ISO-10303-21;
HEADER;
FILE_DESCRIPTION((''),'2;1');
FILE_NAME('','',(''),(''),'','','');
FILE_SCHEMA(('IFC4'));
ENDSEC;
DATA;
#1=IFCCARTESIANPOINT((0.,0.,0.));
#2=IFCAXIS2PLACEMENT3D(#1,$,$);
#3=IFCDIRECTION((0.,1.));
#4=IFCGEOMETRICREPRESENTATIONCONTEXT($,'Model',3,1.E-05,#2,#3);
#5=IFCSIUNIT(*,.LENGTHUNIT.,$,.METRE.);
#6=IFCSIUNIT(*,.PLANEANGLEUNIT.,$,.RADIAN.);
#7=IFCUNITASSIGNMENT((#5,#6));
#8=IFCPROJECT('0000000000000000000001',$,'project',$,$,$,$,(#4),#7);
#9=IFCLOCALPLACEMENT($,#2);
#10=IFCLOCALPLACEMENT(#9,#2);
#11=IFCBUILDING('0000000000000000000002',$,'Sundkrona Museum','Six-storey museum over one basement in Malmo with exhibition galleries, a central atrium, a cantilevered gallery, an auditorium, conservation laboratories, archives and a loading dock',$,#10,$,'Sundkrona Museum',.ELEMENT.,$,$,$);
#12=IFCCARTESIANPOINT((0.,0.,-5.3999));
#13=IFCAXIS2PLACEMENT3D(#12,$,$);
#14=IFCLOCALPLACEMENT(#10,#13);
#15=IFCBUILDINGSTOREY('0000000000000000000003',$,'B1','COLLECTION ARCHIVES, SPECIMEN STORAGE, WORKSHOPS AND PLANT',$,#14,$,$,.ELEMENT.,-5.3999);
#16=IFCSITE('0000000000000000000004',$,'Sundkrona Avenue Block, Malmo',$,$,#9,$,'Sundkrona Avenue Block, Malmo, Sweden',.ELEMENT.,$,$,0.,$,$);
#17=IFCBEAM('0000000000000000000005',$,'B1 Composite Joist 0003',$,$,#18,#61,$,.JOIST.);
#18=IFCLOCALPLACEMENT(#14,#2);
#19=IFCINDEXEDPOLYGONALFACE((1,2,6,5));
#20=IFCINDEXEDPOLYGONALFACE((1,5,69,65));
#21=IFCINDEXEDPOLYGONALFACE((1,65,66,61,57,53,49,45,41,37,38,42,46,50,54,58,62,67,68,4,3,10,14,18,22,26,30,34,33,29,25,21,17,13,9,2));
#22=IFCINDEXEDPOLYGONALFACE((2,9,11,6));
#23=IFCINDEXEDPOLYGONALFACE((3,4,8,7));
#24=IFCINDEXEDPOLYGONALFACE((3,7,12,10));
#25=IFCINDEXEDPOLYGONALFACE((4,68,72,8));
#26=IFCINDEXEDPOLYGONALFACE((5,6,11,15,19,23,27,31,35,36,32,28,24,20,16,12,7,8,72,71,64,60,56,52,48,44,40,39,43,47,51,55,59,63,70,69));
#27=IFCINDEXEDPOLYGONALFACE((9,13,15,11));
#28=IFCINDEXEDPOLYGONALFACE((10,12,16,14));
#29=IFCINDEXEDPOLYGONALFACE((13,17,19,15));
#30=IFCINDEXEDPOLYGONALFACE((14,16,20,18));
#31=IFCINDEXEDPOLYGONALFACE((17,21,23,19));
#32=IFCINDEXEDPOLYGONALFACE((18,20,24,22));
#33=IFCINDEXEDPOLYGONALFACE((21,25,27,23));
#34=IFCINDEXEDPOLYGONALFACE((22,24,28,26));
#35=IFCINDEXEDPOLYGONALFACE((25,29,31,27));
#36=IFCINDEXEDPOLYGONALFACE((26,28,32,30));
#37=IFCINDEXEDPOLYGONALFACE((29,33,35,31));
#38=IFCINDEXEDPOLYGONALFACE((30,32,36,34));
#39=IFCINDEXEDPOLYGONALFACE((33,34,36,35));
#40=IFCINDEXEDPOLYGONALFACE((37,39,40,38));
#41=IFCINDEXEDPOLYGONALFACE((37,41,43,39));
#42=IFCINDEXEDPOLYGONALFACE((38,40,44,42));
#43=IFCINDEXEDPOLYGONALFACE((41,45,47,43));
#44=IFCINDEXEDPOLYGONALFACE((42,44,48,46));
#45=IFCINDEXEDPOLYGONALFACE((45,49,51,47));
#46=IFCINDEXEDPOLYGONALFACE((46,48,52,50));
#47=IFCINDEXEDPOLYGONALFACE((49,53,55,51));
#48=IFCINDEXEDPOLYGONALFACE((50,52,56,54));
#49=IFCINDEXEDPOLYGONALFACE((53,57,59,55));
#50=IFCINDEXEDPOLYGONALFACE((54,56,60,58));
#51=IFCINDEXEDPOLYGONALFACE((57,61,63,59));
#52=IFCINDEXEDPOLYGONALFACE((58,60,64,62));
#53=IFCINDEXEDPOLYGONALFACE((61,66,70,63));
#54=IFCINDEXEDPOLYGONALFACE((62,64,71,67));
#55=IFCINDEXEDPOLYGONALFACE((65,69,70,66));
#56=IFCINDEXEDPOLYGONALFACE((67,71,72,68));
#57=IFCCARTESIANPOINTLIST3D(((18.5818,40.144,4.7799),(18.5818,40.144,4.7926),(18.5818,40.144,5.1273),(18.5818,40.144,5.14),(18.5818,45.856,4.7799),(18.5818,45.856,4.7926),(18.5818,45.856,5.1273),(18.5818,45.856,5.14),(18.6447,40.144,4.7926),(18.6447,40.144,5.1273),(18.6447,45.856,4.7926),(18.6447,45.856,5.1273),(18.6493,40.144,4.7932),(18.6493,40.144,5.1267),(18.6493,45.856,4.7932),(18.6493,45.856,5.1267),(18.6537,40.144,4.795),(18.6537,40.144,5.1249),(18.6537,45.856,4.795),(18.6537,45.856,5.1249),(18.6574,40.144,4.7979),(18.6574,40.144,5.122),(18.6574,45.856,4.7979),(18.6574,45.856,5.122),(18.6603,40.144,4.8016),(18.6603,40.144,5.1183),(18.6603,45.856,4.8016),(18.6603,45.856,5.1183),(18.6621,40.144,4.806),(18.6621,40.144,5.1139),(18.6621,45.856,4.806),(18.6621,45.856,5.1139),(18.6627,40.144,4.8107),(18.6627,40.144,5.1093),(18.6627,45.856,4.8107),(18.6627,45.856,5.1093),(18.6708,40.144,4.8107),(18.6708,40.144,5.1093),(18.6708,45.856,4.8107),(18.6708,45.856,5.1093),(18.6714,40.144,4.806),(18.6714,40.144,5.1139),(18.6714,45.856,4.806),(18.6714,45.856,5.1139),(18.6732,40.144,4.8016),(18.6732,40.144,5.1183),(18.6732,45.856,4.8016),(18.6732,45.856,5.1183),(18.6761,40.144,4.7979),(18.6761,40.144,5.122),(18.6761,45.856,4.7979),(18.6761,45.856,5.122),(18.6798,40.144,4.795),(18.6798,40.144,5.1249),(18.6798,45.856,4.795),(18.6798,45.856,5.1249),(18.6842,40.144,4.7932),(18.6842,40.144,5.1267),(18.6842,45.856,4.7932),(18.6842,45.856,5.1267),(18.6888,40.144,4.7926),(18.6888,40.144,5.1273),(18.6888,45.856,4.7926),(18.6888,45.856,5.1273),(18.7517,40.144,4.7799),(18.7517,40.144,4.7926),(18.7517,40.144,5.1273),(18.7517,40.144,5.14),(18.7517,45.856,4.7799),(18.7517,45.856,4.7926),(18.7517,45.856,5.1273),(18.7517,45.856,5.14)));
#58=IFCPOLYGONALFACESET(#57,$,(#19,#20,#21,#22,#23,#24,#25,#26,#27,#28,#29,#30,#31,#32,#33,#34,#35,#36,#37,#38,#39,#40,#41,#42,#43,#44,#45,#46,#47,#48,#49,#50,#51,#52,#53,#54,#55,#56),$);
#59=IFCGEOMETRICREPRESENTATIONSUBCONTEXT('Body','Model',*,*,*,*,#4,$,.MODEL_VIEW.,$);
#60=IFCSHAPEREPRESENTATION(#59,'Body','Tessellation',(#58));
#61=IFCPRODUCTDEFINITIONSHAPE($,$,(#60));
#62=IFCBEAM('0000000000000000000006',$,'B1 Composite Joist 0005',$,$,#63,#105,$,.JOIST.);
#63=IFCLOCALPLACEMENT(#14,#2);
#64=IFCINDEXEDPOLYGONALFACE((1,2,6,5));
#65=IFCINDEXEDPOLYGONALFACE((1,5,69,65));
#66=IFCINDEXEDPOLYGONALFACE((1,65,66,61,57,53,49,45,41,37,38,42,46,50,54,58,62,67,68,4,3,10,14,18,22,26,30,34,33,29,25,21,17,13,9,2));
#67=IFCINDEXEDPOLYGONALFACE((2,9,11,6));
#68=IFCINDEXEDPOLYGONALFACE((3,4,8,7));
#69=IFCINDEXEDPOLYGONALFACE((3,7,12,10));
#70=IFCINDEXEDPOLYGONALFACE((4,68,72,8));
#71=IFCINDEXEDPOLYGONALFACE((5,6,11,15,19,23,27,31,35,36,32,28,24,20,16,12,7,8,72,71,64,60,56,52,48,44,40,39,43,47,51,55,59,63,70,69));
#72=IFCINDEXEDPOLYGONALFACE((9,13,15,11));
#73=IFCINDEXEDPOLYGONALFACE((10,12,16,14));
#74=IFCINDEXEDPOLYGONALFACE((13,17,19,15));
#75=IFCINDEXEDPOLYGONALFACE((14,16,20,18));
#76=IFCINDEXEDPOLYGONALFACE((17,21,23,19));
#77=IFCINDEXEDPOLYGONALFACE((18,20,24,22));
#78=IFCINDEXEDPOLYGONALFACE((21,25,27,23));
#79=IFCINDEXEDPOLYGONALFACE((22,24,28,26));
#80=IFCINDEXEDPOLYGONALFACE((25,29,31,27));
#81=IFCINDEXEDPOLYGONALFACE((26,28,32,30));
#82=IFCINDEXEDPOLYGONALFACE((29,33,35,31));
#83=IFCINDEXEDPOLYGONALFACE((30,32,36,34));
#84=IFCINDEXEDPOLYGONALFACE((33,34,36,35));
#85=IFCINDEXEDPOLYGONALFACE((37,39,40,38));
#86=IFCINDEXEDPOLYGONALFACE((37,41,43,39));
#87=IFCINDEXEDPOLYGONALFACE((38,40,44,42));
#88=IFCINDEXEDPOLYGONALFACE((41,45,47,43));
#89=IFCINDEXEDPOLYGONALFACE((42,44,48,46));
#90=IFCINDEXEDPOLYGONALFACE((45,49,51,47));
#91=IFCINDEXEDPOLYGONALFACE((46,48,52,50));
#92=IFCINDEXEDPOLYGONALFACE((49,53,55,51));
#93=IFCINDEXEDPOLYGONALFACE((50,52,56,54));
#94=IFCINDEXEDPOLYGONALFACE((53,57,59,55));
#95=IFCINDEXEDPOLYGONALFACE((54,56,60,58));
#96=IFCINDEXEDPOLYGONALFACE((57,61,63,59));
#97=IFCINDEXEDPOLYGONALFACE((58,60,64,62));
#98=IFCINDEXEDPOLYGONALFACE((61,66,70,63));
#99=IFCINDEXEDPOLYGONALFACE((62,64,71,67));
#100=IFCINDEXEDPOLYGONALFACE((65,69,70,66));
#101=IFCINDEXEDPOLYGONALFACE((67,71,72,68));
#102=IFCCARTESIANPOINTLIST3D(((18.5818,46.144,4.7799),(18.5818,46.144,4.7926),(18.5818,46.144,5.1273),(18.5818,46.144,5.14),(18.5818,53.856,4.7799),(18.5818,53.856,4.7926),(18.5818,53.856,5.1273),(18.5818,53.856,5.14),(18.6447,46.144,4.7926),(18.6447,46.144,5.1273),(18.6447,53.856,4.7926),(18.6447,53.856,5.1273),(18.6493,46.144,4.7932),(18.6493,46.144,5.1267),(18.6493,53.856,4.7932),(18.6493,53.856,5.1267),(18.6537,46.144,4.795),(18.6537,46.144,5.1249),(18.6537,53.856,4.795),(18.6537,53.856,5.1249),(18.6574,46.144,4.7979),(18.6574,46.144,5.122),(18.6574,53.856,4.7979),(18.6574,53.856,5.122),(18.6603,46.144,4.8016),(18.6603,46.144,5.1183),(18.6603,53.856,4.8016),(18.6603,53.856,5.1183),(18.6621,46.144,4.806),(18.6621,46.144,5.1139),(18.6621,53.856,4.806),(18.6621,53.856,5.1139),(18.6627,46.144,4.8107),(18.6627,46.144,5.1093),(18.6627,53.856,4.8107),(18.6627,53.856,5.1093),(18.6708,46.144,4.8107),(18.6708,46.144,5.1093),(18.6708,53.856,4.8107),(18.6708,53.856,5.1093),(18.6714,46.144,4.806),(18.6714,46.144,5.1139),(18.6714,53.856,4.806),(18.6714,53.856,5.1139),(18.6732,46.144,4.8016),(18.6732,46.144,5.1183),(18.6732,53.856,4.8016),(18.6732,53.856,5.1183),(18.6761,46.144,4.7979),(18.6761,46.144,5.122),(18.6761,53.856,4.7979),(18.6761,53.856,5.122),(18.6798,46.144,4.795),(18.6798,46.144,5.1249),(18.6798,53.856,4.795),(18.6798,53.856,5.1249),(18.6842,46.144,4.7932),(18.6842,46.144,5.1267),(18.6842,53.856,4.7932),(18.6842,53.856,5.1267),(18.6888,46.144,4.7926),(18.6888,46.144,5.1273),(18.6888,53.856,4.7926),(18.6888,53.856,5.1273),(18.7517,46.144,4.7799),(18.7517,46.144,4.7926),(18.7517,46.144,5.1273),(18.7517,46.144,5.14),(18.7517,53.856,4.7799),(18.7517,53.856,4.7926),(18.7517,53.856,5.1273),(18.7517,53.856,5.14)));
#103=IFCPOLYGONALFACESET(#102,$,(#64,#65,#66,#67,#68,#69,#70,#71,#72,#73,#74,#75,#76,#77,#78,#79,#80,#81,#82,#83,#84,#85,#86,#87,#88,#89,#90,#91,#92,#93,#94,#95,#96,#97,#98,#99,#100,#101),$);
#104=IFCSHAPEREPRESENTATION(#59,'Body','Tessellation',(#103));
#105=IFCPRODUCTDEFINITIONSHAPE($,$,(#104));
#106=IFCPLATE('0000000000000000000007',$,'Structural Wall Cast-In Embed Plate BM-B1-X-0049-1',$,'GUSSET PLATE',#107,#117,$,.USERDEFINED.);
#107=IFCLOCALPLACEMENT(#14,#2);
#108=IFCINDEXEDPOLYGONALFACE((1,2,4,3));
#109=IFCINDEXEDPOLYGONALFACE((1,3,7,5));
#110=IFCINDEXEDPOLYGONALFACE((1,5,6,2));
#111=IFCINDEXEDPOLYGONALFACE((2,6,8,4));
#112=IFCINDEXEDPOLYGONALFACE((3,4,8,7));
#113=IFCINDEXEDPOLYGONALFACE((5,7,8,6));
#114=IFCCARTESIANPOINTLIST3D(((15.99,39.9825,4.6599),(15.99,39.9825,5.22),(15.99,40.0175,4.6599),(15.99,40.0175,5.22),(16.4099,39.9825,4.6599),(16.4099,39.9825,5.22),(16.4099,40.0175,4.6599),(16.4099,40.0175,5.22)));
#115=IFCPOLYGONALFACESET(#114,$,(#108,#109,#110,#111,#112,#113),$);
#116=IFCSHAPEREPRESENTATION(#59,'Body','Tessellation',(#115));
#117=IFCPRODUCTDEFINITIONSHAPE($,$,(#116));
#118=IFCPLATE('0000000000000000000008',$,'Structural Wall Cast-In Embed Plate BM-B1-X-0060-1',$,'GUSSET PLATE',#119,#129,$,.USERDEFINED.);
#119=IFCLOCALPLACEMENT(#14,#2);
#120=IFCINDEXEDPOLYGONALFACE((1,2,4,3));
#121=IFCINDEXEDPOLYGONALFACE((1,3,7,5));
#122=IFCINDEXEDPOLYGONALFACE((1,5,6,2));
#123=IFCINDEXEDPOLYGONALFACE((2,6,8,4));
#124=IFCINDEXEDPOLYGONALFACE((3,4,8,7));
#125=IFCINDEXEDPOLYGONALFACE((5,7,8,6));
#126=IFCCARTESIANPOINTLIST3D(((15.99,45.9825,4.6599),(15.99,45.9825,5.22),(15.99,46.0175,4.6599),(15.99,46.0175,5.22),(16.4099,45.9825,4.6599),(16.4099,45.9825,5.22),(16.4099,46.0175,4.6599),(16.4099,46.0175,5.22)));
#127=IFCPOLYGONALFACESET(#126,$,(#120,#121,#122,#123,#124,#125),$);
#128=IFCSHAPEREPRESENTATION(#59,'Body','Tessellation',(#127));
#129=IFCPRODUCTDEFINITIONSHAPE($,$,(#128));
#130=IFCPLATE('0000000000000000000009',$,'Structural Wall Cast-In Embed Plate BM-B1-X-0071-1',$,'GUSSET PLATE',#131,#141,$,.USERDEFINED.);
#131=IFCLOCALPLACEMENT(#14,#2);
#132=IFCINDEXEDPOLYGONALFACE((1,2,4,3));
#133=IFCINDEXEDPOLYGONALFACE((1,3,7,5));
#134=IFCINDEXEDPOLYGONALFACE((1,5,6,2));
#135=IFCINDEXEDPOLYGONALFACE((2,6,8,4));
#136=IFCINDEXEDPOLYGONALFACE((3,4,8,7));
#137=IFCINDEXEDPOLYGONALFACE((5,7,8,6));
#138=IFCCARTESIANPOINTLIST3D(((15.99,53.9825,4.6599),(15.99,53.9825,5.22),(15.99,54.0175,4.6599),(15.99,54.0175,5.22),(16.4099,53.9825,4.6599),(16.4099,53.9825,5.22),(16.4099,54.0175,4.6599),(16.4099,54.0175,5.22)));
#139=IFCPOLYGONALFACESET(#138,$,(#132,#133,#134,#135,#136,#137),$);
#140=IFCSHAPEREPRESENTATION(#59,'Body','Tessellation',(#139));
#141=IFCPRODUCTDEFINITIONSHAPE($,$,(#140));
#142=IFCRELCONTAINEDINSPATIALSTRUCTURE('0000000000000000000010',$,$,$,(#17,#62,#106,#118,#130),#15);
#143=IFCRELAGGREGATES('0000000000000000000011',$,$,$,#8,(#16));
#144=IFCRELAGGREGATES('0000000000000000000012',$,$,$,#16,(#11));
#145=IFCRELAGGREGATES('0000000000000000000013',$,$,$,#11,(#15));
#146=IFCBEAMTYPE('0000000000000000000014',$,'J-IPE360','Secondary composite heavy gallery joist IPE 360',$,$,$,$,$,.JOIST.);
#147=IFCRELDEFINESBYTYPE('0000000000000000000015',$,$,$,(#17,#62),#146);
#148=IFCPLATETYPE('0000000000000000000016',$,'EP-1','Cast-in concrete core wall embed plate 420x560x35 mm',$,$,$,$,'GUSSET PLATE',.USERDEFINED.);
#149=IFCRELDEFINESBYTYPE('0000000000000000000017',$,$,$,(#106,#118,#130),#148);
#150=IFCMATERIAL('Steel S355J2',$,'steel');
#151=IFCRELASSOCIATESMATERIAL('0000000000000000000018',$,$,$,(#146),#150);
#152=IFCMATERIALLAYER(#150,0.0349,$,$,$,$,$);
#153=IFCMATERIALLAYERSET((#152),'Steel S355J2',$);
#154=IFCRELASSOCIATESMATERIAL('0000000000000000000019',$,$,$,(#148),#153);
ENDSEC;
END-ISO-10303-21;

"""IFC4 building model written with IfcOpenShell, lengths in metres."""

from ifc_helpers import new_model, si_unit, direction, frame, origin, origin_2d, place, context, subcontext, project, spatial, rectangle, i_section, extrude, material, layer, layer_set, material_profile, profile_set, type_object, element, save


model = new_model("IFC4")

# Units and contexts
model_context = context("Model", 3, precision=1e-05, world=origin(), true_north=direction((0.0, 1.0)))
body_context = subcontext(model_context, "Body", "Model", "MODEL_VIEW")
ifc_project = project(units=[si_unit("LENGTHUNIT", "METRE"), si_unit("PLANEANGLEUNIT", "RADIAN")], contexts=[model_context])

# Site, building, storey
site_placement = place(None, origin())
site = spatial("IfcSite", under=ifc_project, at=site_placement, Name="Sundkrona Avenue Block, Malmo", LongName="Sundkrona Avenue Block, Malmo, Sweden", CompositionType="ELEMENT", RefElevation=0.0)
building_placement = place(site_placement, origin())
building = spatial("IfcBuilding", under=site, at=building_placement, Name="Sundkrona Museum", Description="Six-storey museum over one basement in Malmo with exhibition galleries, a central atrium, a cantilevered gallery, an auditorium, conservation laboratories, archives and a loading dock", LongName="Sundkrona Museum", CompositionType="ELEMENT")
storey_placement = place(building_placement, frame((0.0, 0.0, -5.3999)))
storey = spatial("IfcBuildingStorey", under=building, at=storey_placement, Name="B1", Description="COLLECTION ARCHIVES, SPECIMEN STORAGE, WORKSHOPS AND PLANT", CompositionType="ELEMENT", Elevation=-5.3999)

# Beams
ifc_material_1 = material(Name="Steel S355J2", Category="steel")
ifc_material_profile_1 = material_profile(ifc_material_1, i_section(OverallWidth=0.1699, OverallDepth=0.3601, WebThickness=0.0081, FlangeThickness=0.0127, FilletRadius=0.0181, at=origin_2d()), Name="IPE 360")
ifc_profile_set_1 = profile_set([ifc_material_profile_1], Name="Steel S355J2")
beam_type_1 = type_object("IfcBeamType", Name="J-IPE360", Description="Secondary composite heavy gallery joist IPE 360", PredefinedType="JOIST", material=ifc_profile_set_1)
beam_1_placement = place(storey_placement, frame((18.6667, 40.144, 4.96), z_axis=(0.0, 1.0, 0.0), x_axis=(-1.0, 0.0, 0.0)))
element("IfcBeam", 1, at=beam_1_placement, inside=storey, type_object=beam_type_1, Name="B1 Composite Joist 0003", PredefinedType="JOIST", context=body_context, shape_type="SweptSolid", body=[
    extrude(i_section(OverallWidth=0.1699, OverallDepth=0.3601, WebThickness=0.0081, FlangeThickness=0.0127, FilletRadius=0.0181, at=origin_2d()), origin(), (0.0, 0.0, 1.0), 5.7119),
])
beam_2_placement = place(storey_placement, frame((18.6667, 46.144, 4.96), z_axis=(0.0, 1.0, 0.0), x_axis=(-1.0, 0.0, 0.0)))
element("IfcBeam", 2, at=beam_2_placement, inside=storey, type_object=beam_type_1, Name="B1 Composite Joist 0005", PredefinedType="JOIST", context=body_context, shape_type="SweptSolid", body=[
    extrude(i_section(OverallWidth=0.1699, OverallDepth=0.3601, WebThickness=0.0081, FlangeThickness=0.0127, FilletRadius=0.0181, at=origin_2d()), origin(), (0.0, 0.0, 1.0), 7.7119),
])

# Plates
ifc_layer = layer(ifc_material_1, 0.0349)
ifc_layer_set = layer_set([ifc_layer], Name="Steel S355J2")
plate_type = type_object("IfcPlateType", Name="EP-1", Description="Cast-in concrete core wall embed plate 420x560x35 mm", ElementType="GUSSET PLATE", PredefinedType="USERDEFINED", material=ifc_layer_set)
for number, where, z_axis, x_axis, name in (
    (3, (16.2, 40.0, 4.6599), (0.0, 0.0, 1.0), (1.0, 0.0, 0.0), "Structural Wall Cast-In Embed Plate BM-B1-X-0049-1"),
    (4, (16.2, 46.0, 4.6599), (0.0, 0.0, 1.0), (1.0, 0.0, 0.0), "Structural Wall Cast-In Embed Plate BM-B1-X-0060-1"),
    (5, (16.2, 54.0, 4.6599), (0.0, 0.0, 1.0), (1.0, 0.0, 0.0), "Structural Wall Cast-In Embed Plate BM-B1-X-0071-1"),
):
    element("IfcPlate", number, at=place(storey_placement, frame(where, z_axis=z_axis, x_axis=x_axis)), inside=storey, type_object=plate_type, Name=name, ObjectType="GUSSET PLATE", PredefinedType="USERDEFINED", context=body_context, shape_type="SweptSolid", body=[
        extrude(rectangle(XDim=0.4199, YDim=0.0349, at=origin_2d()), origin(), (0.0, 0.0, 1.0), 0.5601),
    ])

save(model, "model.ifc")
